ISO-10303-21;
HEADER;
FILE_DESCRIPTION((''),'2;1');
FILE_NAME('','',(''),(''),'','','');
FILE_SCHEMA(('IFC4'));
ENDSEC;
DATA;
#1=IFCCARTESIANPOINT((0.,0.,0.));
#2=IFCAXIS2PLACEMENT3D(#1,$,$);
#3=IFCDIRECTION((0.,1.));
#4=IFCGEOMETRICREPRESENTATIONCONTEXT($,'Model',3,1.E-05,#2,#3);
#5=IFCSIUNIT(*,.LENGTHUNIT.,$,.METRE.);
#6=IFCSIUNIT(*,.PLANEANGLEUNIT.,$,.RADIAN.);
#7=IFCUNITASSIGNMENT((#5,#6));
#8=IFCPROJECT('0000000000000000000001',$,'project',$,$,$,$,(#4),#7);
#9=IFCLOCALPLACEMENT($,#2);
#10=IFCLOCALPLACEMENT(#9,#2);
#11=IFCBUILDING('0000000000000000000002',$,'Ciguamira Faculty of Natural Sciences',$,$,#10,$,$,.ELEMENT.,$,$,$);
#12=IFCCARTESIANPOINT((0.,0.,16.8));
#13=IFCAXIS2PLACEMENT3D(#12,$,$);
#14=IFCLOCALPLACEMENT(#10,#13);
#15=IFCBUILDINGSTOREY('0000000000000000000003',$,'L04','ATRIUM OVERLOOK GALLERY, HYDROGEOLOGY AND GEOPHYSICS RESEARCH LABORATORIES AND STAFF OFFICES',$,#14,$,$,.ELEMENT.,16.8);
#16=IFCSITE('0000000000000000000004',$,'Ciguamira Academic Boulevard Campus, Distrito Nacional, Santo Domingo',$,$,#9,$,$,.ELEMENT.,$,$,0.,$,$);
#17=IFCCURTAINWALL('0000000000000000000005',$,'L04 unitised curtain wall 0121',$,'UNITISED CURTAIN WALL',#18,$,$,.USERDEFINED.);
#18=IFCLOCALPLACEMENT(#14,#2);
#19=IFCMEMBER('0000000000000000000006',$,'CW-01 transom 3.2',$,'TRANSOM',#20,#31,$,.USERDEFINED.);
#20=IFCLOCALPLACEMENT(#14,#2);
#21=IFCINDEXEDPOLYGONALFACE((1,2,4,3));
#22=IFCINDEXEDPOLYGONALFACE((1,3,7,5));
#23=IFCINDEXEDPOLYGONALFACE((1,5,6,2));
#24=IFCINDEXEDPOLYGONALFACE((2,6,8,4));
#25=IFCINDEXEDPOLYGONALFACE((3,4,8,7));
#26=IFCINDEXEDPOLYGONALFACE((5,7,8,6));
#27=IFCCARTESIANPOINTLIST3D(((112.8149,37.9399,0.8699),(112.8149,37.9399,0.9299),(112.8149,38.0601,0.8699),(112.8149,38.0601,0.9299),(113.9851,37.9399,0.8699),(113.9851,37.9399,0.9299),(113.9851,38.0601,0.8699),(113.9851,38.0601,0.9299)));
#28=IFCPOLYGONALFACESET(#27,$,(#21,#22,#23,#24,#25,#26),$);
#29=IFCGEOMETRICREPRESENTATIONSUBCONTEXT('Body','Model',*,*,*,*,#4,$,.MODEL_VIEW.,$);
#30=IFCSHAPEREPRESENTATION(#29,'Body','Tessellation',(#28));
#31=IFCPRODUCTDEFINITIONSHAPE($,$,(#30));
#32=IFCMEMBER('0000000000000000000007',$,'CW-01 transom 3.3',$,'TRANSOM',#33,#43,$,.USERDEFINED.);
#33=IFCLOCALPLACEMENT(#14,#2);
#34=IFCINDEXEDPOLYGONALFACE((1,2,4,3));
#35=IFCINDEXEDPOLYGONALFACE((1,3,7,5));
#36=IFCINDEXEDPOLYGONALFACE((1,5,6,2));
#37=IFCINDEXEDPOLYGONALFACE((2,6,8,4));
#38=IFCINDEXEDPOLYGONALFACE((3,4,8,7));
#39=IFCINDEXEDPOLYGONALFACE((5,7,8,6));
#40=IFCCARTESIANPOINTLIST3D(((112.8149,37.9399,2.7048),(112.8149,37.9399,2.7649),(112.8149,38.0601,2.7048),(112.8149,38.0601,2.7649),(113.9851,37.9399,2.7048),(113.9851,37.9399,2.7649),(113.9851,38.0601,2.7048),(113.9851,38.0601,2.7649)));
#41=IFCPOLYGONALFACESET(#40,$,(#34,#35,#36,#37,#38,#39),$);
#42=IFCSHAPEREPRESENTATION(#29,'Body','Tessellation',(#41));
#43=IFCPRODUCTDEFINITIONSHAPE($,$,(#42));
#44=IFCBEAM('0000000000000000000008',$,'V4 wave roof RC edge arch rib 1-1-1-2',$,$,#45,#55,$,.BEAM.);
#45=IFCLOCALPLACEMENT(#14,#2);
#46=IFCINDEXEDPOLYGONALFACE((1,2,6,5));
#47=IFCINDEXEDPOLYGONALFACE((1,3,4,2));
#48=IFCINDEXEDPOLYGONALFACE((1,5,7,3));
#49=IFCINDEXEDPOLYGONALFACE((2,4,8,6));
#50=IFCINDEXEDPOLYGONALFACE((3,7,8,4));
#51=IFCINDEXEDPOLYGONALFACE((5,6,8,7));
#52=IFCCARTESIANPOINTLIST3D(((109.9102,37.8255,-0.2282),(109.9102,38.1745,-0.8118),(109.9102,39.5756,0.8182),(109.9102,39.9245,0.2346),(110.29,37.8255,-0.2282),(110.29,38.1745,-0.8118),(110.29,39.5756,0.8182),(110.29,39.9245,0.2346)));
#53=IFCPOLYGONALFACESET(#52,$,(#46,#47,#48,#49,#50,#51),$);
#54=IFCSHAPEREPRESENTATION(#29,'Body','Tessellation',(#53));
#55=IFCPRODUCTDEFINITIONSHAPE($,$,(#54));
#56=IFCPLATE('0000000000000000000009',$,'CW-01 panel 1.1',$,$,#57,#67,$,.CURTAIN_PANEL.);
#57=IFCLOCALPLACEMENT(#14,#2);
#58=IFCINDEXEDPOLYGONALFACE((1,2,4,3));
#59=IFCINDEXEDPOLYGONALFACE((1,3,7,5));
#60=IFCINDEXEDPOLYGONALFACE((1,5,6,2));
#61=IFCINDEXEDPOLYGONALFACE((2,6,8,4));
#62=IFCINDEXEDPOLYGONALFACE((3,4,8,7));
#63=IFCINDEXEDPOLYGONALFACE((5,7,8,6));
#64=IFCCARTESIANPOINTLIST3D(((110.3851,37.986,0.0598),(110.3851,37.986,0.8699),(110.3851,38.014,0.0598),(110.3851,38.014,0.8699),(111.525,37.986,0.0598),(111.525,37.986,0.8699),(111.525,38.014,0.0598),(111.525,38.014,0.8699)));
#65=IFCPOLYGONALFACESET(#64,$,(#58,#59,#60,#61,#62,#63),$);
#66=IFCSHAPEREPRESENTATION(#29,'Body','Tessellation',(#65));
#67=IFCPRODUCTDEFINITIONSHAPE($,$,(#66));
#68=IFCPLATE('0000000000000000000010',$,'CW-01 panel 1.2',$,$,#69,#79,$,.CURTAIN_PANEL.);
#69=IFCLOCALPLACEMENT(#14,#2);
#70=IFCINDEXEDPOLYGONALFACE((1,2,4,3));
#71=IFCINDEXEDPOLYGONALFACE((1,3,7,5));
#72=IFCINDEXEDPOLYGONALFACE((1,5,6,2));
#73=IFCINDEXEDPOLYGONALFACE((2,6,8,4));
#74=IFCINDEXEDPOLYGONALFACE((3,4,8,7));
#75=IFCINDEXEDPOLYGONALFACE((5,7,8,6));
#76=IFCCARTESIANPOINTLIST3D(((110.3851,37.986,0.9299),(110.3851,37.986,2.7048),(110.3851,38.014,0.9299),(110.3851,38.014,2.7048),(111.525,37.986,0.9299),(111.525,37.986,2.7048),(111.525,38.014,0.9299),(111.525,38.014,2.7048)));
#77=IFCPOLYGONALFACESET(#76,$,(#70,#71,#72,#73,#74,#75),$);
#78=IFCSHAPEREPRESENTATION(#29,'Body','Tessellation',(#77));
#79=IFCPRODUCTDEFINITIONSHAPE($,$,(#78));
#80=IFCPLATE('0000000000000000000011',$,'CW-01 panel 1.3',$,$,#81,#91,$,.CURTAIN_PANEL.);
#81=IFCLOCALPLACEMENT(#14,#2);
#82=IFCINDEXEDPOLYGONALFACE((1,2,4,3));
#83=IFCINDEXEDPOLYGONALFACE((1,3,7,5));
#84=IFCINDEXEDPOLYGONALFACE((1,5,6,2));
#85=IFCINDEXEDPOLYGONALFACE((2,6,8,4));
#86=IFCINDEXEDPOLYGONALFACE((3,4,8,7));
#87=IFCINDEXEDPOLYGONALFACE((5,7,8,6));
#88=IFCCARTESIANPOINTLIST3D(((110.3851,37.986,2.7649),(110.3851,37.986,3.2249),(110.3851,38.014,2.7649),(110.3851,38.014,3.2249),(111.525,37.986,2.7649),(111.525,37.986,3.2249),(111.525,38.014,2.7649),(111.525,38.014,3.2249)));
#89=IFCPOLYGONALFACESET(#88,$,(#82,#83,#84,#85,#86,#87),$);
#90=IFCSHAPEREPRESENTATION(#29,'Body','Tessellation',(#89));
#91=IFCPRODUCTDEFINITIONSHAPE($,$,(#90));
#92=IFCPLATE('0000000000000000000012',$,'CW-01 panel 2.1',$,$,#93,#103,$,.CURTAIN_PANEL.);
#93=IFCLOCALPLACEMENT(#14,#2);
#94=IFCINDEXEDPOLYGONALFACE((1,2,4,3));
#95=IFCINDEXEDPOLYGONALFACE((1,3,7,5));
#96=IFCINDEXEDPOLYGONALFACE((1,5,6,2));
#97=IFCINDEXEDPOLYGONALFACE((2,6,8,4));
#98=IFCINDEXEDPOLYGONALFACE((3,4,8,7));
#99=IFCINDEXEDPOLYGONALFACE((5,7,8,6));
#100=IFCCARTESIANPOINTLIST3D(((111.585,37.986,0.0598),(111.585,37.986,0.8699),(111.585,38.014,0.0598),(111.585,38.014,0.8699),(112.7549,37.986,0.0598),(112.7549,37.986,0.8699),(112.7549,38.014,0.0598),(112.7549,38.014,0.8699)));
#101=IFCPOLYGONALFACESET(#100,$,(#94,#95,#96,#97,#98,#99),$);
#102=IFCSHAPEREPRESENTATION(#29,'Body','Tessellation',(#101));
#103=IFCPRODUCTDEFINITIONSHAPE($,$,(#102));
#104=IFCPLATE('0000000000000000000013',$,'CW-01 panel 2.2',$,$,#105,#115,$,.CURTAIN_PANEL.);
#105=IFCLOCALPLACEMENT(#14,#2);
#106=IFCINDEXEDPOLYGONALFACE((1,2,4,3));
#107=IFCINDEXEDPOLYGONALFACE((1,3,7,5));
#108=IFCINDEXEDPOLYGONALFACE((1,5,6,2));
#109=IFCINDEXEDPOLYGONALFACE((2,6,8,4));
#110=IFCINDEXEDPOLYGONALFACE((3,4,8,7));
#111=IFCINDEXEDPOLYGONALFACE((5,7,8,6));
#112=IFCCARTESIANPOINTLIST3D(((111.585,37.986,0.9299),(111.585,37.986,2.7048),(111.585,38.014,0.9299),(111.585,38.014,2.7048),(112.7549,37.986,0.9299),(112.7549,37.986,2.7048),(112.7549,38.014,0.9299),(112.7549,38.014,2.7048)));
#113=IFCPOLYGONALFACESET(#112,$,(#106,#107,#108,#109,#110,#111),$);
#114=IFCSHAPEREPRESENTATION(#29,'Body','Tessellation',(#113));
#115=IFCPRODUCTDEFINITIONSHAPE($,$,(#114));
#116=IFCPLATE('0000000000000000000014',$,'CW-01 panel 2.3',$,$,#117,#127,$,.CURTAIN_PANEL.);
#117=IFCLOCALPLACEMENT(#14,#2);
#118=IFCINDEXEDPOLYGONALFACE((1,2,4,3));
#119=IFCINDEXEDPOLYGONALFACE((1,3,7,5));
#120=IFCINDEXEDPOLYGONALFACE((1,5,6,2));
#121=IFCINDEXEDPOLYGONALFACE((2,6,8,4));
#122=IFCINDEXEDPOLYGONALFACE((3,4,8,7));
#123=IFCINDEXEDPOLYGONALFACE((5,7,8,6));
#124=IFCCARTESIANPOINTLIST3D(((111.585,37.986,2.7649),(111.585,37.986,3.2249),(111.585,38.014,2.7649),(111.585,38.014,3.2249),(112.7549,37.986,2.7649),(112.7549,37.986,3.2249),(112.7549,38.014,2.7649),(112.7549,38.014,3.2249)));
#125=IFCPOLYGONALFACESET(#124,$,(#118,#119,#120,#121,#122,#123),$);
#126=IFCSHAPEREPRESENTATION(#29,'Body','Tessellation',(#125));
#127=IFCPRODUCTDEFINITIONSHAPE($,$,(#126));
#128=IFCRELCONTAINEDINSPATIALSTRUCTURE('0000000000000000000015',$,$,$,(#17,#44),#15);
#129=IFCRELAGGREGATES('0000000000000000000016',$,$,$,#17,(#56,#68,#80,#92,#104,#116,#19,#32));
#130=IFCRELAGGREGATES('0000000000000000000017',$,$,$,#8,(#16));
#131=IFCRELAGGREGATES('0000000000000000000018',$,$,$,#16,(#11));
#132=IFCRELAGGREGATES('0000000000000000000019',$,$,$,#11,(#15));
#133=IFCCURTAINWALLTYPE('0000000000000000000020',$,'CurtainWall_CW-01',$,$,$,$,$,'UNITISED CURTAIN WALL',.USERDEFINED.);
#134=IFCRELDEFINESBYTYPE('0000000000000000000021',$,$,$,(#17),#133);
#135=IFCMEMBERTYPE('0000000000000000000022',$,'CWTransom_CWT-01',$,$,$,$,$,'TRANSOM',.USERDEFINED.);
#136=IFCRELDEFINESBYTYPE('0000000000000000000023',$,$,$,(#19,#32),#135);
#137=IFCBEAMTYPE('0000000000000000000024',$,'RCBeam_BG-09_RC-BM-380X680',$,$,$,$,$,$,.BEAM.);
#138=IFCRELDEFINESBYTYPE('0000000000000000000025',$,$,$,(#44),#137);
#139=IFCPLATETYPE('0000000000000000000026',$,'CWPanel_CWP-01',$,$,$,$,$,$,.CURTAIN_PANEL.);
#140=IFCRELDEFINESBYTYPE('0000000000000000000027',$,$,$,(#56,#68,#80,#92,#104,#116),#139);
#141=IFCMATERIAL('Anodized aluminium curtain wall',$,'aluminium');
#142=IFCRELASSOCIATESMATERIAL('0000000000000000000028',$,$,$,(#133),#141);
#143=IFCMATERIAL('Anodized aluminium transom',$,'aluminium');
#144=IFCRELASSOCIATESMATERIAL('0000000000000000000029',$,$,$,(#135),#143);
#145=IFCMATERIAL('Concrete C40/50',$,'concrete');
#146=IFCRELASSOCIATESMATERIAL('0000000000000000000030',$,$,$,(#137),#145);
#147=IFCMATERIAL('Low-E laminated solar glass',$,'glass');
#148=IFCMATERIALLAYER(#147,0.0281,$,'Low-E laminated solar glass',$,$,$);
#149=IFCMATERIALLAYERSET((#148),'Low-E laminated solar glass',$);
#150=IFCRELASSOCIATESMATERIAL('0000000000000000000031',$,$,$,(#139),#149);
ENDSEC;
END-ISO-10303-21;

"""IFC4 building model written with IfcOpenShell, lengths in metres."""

from ifc_helpers import new_model, si_unit, direction, frame, origin, origin_2d, place, context, subcontext, project, spatial, rectangle, extrude, material, layer, layer_set, material_profile, profile_set, type_object, element, aggregate, save


model = new_model("IFC4")

# Units and contexts
model_context = context("Model", 3, precision=1e-05, world=origin(), true_north=direction((0.0, 1.0)))
body_context = subcontext(model_context, "Body", "Model", "MODEL_VIEW")
ifc_project = project(units=[si_unit("LENGTHUNIT", "METRE"), si_unit("PLANEANGLEUNIT", "RADIAN")], contexts=[model_context])

# Site, building, storey
site_placement = place(None, origin())
site = spatial("IfcSite", under=ifc_project, at=site_placement, Name="Ciguamira Academic Boulevard Campus, Distrito Nacional, Santo Domingo", CompositionType="ELEMENT", RefElevation=0.0)
building_placement = place(site_placement, origin())
building = spatial("IfcBuilding", under=site, at=building_placement, Name="Ciguamira Faculty of Natural Sciences", CompositionType="ELEMENT")
storey_placement = place(building_placement, frame((0.0, 0.0, 16.8)))
storey = spatial("IfcBuildingStorey", under=building, at=storey_placement, Name="L04", Description="ATRIUM OVERLOOK GALLERY, HYDROGEOLOGY AND GEOPHYSICS RESEARCH LABORATORIES AND STAFF OFFICES", CompositionType="ELEMENT", Elevation=16.8)

# Shared definitions
ifc_material_1 = material(Name="Concrete C40/50", Category="concrete")

# Curtain wall
ifc_material_2 = material(Name="Anodized aluminium curtain wall", Category="aluminium")
curtain_wall_type_1 = type_object("IfcCurtainWallType", Name="CurtainWall_CW-01", ElementType="UNITISED CURTAIN WALL", PredefinedType="USERDEFINED", material=ifc_material_2)
curtain_wall_1_placement = place(storey_placement, origin())
curtain_wall_1 = element("IfcCurtainWall", 1, at=curtain_wall_1_placement, inside=storey, type_object=curtain_wall_type_1, Name="L04 unitised curtain wall 0121", ObjectType="UNITISED CURTAIN WALL", PredefinedType="USERDEFINED")

# Members
ifc_material_3 = material(Name="Anodized aluminium transom", Category="aluminium")
ifc_material_profile_1 = material_profile(ifc_material_3, rectangle(XDim=0.0601, YDim=0.1201, at=origin_2d()), Name="ALU-TRN-60X120")
ifc_profile_set_1 = profile_set([ifc_material_profile_1], Name="Anodized aluminium transom")
member_type_1 = type_object("IfcMemberType", Name="CWTransom_CWT-01", ElementType="TRANSOM", PredefinedType="USERDEFINED", material=ifc_profile_set_1)
member_1_placement = place(storey_placement, frame((112.8149, 38.0, 0.8999), z_axis=(1.0, 0.0, 0.0), x_axis=(0.0, 0.0, 1.0)))
member_1 = element("IfcMember", 2, at=member_1_placement, type_object=member_type_1, Name="CW-01 transom 3.2", ObjectType="TRANSOM", PredefinedType="USERDEFINED", context=body_context, shape_type="SweptSolid", body=[
    extrude(rectangle(XDim=0.0601, YDim=0.1201, at=origin_2d()), origin(), (0.0, 0.0, 1.0), 1.1702),
])
member_2_placement = place(storey_placement, frame((112.8149, 38.0, 2.7349), z_axis=(1.0, 0.0, 0.0), x_axis=(0.0, 0.0, 1.0)))
member_2 = element("IfcMember", 3, at=member_2_placement, type_object=member_type_1, Name="CW-01 transom 3.3", ObjectType="TRANSOM", PredefinedType="USERDEFINED", context=body_context, shape_type="SweptSolid", body=[
    extrude(rectangle(XDim=0.0601, YDim=0.1201, at=origin_2d()), origin(), (0.0, 0.0, 1.0), 1.1702),
])

# Beam
ifc_material_profile_2 = material_profile(ifc_material_1, rectangle(XDim=0.3799, YDim=0.6799, at=origin_2d()), Name="RC-BM-380X680")
ifc_profile_set_2 = profile_set([ifc_material_profile_2], Name="Concrete C40/50")
beam_type = type_object("IfcBeamType", Name="RCBeam_BG-09_RC-BM-380X680", PredefinedType="BEAM", material=ifc_profile_set_2)
beam_placement = place(storey_placement, frame((110.1001, 38.0, -0.52), z_axis=(0.0, 0.858274, 0.513192), x_axis=(-1.0, 0.0, 0.0)))
element("IfcBeam", 4, at=beam_placement, inside=storey, type_object=beam_type, Name="V4 wave roof RC edge arch rib 1-1-1-2", PredefinedType="BEAM", context=body_context, shape_type="SweptSolid", body=[
    extrude(rectangle(XDim=0.3799, YDim=0.6799, at=origin_2d()), origin(), (0.0, 0.0, 1.0), 2.0391),
])

# Plates
ifc_material_4 = material(Name="Low-E laminated solar glass", Category="glass")
ifc_layer = layer(ifc_material_4, 0.0281, Name="Low-E laminated solar glass")
ifc_layer_set = layer_set([ifc_layer], Name="Low-E laminated solar glass")
plate_type = type_object("IfcPlateType", Name="CWPanel_CWP-01", PredefinedType="CURTAIN_PANEL", material=ifc_layer_set)
plate_1_placement = place(storey_placement, frame((110.9551, 38.0, 0.0598), z_axis=(0.0, 0.0, 1.0), x_axis=(1.0, 0.0, 0.0)))
plate_1 = element("IfcPlate", 5, at=plate_1_placement, type_object=plate_type, Name="CW-01 panel 1.1", PredefinedType="CURTAIN_PANEL", context=body_context, shape_type="SweptSolid", body=[
    extrude(rectangle(XDim=1.1399, YDim=0.0281, at=origin_2d()), origin(), (0.0, 0.0, 1.0), 0.8101),
])
plate_2_placement = place(storey_placement, frame((110.9551, 38.0, 0.9299), z_axis=(0.0, 0.0, 1.0), x_axis=(1.0, 0.0, 0.0)))
plate_2 = element("IfcPlate", 6, at=plate_2_placement, type_object=plate_type, Name="CW-01 panel 1.2", PredefinedType="CURTAIN_PANEL", context=body_context, shape_type="SweptSolid", body=[
    extrude(rectangle(XDim=1.1399, YDim=0.0281, at=origin_2d()), origin(), (0.0, 0.0, 1.0), 1.7749),
])
plate_3_placement = place(storey_placement, frame((110.9551, 38.0, 2.7649), z_axis=(0.0, 0.0, 1.0), x_axis=(1.0, 0.0, 0.0)))
plate_3 = element("IfcPlate", 7, at=plate_3_placement, type_object=plate_type, Name="CW-01 panel 1.3", PredefinedType="CURTAIN_PANEL", context=body_context, shape_type="SweptSolid", body=[
    extrude(rectangle(XDim=1.1399, YDim=0.0281, at=origin_2d()), origin(), (0.0, 0.0, 1.0), 0.46),
])
plate_4_placement = place(storey_placement, frame((112.1699, 38.0, 0.0598), z_axis=(0.0, 0.0, 1.0), x_axis=(1.0, 0.0, 0.0)))
plate_4 = element("IfcPlate", 8, at=plate_4_placement, type_object=plate_type, Name="CW-01 panel 2.1", PredefinedType="CURTAIN_PANEL", context=body_context, shape_type="SweptSolid", body=[
    extrude(rectangle(XDim=1.1699, YDim=0.0281, at=origin_2d()), origin(), (0.0, 0.0, 1.0), 0.8101),
])
plate_5_placement = place(storey_placement, frame((112.1699, 38.0, 0.9299), z_axis=(0.0, 0.0, 1.0), x_axis=(1.0, 0.0, 0.0)))
plate_5 = element("IfcPlate", 9, at=plate_5_placement, type_object=plate_type, Name="CW-01 panel 2.2", PredefinedType="CURTAIN_PANEL", context=body_context, shape_type="SweptSolid", body=[
    extrude(rectangle(XDim=1.1699, YDim=0.0281, at=origin_2d()), origin(), (0.0, 0.0, 1.0), 1.7749),
])
plate_6_placement = place(storey_placement, frame((112.1699, 38.0, 2.7649), z_axis=(0.0, 0.0, 1.0), x_axis=(1.0, 0.0, 0.0)))
plate_6 = element("IfcPlate", 10, at=plate_6_placement, type_object=plate_type, Name="CW-01 panel 2.3", PredefinedType="CURTAIN_PANEL", context=body_context, shape_type="SweptSolid", body=[
    extrude(rectangle(XDim=1.1699, YDim=0.0281, at=origin_2d()), origin(), (0.0, 0.0, 1.0), 0.46),
])
aggregate(curtain_wall_1, [plate_1, plate_2, plate_3, plate_4, plate_5, plate_6, member_1, member_2])

save(model, "model.ifc")
